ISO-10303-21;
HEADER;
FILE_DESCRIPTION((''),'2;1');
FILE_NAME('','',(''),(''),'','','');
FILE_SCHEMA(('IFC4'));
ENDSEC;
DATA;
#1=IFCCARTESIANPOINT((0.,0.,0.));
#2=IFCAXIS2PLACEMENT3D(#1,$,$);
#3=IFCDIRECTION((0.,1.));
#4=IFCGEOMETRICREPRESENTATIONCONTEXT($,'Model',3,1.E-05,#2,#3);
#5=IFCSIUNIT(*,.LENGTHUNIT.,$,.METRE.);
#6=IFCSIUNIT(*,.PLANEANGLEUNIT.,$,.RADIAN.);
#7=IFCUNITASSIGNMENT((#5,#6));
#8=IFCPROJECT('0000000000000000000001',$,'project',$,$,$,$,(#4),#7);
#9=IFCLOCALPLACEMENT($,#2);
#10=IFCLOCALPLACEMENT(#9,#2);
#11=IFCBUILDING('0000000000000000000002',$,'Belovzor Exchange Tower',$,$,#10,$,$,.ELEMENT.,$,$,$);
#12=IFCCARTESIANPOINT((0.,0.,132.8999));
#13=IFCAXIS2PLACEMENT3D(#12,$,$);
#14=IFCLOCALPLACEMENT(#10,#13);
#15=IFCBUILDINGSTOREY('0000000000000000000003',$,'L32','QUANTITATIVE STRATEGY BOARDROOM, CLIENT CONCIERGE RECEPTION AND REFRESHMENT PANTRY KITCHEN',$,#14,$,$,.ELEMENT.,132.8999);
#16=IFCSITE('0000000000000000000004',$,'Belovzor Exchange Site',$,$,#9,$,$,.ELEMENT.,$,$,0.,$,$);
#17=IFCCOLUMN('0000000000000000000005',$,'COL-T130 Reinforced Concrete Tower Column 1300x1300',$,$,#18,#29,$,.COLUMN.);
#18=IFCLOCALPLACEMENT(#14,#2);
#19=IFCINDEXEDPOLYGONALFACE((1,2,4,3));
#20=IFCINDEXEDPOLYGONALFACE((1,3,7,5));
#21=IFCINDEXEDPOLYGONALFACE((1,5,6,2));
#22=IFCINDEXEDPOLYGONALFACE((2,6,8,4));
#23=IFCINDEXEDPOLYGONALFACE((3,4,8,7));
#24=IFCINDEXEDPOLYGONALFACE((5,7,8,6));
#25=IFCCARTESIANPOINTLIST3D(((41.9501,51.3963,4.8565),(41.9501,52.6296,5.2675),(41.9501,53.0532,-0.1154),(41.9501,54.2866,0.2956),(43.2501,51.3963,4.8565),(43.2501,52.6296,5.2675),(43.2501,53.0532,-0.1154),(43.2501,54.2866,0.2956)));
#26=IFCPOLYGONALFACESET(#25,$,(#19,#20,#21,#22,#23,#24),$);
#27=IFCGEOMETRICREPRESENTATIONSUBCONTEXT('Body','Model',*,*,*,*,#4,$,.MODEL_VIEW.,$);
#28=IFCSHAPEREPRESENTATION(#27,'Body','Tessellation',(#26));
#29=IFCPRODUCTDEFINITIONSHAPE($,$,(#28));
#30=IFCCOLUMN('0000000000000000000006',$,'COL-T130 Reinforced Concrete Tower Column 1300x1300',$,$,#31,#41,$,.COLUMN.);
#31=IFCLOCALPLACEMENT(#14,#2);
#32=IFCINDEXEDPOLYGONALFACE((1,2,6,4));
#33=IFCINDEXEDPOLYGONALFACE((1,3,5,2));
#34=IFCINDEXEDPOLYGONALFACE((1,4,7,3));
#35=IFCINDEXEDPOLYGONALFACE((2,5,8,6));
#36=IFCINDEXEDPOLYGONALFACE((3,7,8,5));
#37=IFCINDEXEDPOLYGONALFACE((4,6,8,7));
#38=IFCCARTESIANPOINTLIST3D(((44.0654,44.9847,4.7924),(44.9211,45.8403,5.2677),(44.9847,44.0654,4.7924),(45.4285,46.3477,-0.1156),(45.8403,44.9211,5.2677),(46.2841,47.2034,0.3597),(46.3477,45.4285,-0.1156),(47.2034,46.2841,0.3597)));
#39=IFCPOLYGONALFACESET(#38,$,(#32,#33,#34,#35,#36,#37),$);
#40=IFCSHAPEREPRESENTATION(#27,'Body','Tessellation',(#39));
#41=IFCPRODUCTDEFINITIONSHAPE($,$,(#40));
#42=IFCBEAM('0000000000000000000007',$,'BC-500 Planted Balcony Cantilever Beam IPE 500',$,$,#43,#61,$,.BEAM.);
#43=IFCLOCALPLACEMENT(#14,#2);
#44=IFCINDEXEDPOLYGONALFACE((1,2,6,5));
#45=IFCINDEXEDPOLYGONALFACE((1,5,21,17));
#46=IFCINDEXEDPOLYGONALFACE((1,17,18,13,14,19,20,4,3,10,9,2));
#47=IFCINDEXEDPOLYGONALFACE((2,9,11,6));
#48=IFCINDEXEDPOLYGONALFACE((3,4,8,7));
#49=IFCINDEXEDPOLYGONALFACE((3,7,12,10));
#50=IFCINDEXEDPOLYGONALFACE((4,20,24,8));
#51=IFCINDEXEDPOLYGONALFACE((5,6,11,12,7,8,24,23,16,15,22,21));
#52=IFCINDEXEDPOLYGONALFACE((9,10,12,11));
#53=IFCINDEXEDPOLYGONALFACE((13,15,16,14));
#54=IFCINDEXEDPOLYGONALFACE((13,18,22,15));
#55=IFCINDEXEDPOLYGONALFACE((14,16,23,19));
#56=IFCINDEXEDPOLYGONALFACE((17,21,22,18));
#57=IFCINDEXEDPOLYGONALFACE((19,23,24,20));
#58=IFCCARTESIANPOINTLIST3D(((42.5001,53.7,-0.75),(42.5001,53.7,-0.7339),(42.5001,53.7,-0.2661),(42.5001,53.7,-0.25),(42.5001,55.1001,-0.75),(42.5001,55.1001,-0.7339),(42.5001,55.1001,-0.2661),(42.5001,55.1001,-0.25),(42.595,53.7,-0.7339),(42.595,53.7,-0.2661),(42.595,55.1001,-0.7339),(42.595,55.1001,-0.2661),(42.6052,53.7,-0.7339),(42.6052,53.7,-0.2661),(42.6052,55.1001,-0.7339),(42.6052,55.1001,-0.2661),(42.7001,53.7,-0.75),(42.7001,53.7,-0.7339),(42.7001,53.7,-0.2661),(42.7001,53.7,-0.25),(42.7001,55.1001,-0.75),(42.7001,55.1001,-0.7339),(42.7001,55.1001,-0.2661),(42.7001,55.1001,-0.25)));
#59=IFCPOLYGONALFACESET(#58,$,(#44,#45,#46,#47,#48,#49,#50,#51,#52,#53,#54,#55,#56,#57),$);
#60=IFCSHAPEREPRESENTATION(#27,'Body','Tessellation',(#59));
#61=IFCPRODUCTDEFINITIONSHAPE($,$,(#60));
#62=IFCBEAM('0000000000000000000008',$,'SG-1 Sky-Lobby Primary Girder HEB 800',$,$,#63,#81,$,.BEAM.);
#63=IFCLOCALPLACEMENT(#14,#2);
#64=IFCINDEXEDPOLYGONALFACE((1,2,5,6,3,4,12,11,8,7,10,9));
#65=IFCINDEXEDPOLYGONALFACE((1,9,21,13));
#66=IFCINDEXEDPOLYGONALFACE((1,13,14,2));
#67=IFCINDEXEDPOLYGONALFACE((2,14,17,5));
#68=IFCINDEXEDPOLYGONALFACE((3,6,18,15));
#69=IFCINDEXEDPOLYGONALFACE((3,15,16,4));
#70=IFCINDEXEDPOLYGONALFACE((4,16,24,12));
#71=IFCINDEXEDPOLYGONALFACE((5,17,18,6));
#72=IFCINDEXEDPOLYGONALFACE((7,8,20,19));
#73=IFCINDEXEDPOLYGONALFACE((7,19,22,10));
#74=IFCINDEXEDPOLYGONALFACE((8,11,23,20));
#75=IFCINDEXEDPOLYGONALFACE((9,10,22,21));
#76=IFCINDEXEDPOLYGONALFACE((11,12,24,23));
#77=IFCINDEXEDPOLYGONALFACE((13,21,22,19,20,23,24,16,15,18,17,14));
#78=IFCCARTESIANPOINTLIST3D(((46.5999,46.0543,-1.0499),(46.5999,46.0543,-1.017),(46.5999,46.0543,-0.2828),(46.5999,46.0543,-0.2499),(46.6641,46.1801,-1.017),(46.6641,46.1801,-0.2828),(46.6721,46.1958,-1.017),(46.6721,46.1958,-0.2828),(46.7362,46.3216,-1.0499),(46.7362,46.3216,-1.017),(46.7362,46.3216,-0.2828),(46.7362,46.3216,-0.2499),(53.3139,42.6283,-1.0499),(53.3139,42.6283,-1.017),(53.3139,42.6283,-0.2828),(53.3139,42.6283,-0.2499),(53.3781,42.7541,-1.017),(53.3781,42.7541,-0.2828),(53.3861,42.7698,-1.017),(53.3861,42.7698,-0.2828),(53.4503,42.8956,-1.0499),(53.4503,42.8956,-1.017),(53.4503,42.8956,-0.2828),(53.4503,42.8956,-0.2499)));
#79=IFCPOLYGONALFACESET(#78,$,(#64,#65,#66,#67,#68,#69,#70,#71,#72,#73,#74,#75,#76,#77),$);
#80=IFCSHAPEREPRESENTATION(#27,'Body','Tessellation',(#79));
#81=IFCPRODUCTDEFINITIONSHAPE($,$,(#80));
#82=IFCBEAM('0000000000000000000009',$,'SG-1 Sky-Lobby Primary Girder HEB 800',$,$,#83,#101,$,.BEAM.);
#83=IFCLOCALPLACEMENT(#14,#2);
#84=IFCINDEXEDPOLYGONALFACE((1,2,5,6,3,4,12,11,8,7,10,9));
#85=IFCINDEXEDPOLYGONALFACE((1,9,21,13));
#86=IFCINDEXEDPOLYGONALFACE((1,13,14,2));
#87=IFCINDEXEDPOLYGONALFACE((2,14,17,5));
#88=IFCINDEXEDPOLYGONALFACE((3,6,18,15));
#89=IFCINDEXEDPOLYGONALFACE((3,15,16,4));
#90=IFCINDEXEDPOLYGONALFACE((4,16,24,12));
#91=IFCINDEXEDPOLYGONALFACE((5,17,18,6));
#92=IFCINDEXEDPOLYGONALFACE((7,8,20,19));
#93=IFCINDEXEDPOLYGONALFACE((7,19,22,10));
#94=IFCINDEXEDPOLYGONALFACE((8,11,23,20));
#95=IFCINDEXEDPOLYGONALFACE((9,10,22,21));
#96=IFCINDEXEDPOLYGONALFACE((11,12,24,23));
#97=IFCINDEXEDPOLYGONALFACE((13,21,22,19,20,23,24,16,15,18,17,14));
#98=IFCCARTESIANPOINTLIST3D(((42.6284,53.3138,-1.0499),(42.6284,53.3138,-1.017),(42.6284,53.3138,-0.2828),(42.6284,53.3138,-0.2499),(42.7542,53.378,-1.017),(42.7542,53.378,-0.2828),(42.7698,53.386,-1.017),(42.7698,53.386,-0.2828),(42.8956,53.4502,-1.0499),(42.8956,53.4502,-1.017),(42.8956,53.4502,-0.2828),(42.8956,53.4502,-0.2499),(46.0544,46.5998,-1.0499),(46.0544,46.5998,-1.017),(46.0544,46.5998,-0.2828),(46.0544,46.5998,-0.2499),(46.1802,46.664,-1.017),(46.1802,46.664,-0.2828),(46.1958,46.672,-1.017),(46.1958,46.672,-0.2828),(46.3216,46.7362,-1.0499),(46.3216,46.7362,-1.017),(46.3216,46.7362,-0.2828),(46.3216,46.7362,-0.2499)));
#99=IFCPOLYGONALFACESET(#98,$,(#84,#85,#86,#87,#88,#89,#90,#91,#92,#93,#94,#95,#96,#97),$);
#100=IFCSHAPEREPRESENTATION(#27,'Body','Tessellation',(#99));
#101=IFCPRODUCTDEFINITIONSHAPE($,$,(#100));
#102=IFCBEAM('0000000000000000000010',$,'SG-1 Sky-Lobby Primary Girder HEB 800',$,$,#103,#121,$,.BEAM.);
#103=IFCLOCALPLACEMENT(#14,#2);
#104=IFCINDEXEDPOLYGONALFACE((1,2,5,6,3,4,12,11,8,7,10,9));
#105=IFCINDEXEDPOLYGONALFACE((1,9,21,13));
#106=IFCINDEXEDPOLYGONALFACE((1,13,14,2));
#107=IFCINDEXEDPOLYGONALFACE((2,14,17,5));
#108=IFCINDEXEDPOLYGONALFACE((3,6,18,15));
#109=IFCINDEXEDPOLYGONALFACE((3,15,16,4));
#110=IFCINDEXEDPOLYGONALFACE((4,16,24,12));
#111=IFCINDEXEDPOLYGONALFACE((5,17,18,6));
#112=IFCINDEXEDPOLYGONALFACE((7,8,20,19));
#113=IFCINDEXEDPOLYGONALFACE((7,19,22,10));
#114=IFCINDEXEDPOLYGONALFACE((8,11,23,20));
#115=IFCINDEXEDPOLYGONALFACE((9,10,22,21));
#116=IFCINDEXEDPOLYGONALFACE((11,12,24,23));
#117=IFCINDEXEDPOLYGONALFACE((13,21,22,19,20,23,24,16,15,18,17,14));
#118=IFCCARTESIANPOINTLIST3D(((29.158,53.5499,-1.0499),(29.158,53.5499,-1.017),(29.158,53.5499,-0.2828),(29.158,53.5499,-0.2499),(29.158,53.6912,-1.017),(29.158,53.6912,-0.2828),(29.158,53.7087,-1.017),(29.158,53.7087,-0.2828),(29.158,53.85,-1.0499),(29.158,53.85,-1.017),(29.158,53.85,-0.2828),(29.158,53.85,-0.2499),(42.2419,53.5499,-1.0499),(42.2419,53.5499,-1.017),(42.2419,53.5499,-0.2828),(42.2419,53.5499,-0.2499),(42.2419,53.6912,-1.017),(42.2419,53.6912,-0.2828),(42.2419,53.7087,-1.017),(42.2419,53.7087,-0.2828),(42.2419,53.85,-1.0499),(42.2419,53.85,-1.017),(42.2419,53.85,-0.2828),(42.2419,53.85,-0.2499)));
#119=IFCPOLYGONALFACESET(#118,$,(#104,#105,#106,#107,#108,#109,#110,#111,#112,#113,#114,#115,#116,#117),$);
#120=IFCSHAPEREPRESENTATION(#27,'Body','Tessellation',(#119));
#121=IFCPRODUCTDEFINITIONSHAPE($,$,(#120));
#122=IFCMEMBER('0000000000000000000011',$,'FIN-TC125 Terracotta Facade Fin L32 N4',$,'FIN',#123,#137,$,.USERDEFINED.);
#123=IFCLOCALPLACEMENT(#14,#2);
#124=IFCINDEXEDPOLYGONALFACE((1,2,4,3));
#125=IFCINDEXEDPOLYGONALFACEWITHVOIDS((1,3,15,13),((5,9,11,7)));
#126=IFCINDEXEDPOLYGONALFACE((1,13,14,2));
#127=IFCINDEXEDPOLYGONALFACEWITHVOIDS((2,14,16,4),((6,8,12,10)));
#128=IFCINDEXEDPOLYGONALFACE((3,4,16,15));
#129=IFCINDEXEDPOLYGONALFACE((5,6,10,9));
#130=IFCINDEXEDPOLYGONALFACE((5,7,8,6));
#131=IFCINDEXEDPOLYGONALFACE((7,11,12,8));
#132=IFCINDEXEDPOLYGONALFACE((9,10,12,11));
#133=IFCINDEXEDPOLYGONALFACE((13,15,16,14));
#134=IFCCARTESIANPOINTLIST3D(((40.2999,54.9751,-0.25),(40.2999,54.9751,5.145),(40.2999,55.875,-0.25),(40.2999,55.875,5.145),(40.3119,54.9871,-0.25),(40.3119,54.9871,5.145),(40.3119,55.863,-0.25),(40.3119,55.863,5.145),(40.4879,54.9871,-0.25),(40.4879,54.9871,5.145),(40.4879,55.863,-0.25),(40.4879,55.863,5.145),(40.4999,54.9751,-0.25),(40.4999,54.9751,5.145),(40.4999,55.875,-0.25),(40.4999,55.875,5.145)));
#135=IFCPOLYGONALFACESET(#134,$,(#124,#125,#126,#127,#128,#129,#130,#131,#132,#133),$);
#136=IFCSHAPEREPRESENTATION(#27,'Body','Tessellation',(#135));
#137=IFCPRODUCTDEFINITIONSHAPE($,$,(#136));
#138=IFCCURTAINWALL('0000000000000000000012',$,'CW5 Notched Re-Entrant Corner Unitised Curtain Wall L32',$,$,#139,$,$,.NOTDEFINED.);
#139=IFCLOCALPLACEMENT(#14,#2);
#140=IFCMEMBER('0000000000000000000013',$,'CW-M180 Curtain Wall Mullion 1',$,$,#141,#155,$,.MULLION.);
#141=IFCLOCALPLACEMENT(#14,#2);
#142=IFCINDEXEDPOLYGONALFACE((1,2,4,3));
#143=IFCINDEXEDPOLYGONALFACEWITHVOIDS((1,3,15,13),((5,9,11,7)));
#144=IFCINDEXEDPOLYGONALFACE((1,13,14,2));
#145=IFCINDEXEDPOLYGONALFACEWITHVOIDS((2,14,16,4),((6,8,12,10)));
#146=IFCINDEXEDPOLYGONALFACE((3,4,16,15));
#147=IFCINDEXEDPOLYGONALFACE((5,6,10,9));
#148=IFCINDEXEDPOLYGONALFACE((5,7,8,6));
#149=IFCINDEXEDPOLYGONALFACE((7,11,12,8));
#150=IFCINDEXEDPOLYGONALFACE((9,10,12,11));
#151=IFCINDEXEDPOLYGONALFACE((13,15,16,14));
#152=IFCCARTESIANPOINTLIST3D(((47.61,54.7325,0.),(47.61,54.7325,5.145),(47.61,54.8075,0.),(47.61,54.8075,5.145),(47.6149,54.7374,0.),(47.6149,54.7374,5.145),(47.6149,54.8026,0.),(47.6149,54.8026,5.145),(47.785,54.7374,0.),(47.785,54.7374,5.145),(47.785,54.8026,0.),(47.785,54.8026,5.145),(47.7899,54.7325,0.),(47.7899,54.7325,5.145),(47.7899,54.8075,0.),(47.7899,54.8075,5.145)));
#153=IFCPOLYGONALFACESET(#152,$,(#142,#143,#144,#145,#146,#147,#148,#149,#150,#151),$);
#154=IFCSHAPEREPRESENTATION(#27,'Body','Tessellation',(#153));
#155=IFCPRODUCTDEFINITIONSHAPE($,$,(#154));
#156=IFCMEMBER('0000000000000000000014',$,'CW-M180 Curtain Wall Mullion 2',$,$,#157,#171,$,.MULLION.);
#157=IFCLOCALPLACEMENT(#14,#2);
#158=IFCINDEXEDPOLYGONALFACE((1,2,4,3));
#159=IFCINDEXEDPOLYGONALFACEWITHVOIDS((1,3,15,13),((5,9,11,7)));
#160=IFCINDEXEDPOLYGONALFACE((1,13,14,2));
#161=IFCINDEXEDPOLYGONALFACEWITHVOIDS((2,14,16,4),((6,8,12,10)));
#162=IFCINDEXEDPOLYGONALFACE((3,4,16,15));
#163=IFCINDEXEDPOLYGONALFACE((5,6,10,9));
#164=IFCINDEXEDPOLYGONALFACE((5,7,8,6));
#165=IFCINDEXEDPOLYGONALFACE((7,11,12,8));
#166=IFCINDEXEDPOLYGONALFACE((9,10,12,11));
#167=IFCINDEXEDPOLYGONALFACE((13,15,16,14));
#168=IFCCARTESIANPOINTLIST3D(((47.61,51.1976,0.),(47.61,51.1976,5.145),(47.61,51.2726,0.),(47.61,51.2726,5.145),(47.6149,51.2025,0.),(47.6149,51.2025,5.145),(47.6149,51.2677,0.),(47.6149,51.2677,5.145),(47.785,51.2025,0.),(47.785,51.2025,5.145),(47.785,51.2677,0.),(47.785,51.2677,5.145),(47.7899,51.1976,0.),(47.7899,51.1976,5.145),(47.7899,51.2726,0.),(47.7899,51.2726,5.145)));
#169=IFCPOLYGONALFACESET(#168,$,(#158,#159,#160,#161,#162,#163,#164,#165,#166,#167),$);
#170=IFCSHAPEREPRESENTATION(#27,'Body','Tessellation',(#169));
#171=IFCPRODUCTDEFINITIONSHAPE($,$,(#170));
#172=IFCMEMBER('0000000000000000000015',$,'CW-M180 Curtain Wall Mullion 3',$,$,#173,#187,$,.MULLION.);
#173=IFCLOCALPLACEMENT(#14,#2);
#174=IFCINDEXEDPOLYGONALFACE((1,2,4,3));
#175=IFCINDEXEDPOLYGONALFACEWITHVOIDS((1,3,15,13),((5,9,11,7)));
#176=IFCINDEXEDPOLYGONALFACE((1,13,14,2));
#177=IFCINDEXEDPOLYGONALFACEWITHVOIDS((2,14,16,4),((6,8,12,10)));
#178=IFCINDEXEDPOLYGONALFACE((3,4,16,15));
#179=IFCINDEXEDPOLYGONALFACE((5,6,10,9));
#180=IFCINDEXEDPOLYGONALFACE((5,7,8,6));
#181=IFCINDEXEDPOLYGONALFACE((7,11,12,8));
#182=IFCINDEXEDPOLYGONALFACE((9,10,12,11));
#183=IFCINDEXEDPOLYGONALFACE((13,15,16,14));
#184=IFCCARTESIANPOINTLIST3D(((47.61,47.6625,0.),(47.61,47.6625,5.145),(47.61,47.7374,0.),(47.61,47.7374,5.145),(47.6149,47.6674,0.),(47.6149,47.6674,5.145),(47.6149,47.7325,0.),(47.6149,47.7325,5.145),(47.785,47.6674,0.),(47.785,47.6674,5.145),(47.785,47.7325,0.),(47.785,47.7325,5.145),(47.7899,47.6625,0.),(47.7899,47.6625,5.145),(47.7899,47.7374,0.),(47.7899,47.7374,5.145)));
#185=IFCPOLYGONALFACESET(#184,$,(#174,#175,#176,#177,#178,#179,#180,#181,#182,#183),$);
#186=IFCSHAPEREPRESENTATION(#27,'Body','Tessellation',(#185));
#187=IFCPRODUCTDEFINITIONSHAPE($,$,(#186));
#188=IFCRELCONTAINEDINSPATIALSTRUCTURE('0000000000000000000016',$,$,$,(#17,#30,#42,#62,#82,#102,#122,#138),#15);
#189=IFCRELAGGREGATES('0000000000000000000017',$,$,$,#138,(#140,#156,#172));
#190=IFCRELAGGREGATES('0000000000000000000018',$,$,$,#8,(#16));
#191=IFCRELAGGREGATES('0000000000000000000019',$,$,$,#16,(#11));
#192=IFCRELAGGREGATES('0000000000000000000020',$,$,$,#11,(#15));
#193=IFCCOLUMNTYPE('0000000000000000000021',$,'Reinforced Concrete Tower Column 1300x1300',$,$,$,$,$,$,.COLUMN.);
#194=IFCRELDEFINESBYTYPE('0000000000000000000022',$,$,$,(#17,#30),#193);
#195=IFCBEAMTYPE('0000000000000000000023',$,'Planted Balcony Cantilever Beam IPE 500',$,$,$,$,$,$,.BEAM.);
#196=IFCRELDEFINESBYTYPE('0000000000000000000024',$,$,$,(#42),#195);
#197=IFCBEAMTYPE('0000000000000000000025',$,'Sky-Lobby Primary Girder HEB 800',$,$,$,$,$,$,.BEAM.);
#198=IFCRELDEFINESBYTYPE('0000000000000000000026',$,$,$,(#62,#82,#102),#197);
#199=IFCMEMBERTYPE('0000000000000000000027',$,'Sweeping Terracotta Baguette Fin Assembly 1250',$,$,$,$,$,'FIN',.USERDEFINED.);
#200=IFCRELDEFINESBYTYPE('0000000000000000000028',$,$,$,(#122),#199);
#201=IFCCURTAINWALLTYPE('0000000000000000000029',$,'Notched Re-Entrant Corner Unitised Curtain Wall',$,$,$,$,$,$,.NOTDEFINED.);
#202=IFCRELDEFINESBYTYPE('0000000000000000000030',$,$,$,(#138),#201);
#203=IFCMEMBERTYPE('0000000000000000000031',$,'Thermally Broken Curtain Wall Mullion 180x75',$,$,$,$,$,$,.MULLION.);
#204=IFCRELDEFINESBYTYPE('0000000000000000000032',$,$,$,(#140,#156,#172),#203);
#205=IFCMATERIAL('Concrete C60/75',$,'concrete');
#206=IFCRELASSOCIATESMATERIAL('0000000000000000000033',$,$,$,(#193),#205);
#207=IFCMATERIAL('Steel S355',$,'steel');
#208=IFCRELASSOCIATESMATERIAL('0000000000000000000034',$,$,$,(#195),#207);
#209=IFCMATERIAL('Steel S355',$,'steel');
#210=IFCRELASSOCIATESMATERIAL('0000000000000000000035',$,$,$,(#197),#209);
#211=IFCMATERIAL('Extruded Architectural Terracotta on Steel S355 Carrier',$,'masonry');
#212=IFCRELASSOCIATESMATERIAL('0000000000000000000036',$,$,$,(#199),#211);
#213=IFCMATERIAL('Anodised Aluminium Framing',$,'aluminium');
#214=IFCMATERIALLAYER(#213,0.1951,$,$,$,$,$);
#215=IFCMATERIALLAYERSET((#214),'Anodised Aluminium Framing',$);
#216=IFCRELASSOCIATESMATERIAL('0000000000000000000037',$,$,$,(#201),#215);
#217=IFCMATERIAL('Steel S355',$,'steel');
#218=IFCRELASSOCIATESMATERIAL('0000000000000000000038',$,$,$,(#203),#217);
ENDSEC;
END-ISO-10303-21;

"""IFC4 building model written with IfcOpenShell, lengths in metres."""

from ifc_helpers import new_model, si_unit, direction, frame, origin, origin_2d, place, context, subcontext, project, spatial, rectangle, hollow_rectangle, i_section, extrude, material, layer, layer_set, material_profile, profile_set, type_object, element, aggregate, save


model = new_model("IFC4")

# Units and contexts
model_context = context("Model", 3, precision=1e-05, world=origin(), true_north=direction((0.0, 1.0)))
body_context = subcontext(model_context, "Body", "Model", "MODEL_VIEW")
ifc_project = project(units=[si_unit("LENGTHUNIT", "METRE"), si_unit("PLANEANGLEUNIT", "RADIAN")], contexts=[model_context])

# Site, building, storey
site_placement = place(None, origin())
site = spatial("IfcSite", under=ifc_project, at=site_placement, Name="Belovzor Exchange Site", CompositionType="ELEMENT", RefElevation=0.0)
building_placement = place(site_placement, origin())
building = spatial("IfcBuilding", under=site, at=building_placement, Name="Belovzor Exchange Tower", CompositionType="ELEMENT")
storey_placement = place(building_placement, frame((0.0, 0.0, 132.8999)))
storey = spatial("IfcBuildingStorey", under=building, at=storey_placement, Name="L32", Description="QUANTITATIVE STRATEGY BOARDROOM, CLIENT CONCIERGE RECEPTION AND REFRESHMENT PANTRY KITCHEN", CompositionType="ELEMENT", Elevation=132.8999)

# Columns
ifc_material_1 = material(Name="Concrete C60/75", Category="concrete")
ifc_material_profile_1 = material_profile(ifc_material_1, rectangle(XDim=1.3, YDim=1.3, at=origin_2d()))
ifc_profile_set_1 = profile_set([ifc_material_profile_1], Name="Concrete C60/75")
column_type = type_object("IfcColumnType", Name="Reinforced Concrete Tower Column 1300x1300", PredefinedType="COLUMN", material=ifc_profile_set_1)
column_1_placement = place(storey_placement, frame((42.6001, 53.6699, 0.0901), z_axis=(0.0, -0.316172, 0.948702), x_axis=(1.0, 0.0, 0.0)))
element("IfcColumn", 1, at=column_1_placement, inside=storey, type_object=column_type, Name="COL-T130 Reinforced Concrete Tower Column 1300x1300", PredefinedType="COLUMN", context=body_context, shape_type="SweptSolid", body=[
    extrude(rectangle(XDim=1.3, YDim=1.3, at=origin_2d()), origin(), (0.0, 0.0, 1.0), 5.2407),
])
column_2_placement = place(storey_placement, frame((46.3159, 46.3159, 0.1221), z_axis=(-0.258497, -0.258497, 0.930784), x_axis=(0.707107, -0.707107, 0.0)))
element("IfcColumn", 2, at=column_2_placement, inside=storey, type_object=column_type, Name="COL-T130 Reinforced Concrete Tower Column 1300x1300", PredefinedType="COLUMN", context=body_context, shape_type="SweptSolid", body=[
    extrude(rectangle(XDim=1.3, YDim=1.3, at=origin_2d()), origin(), (0.0, 0.0, 1.0), 5.2729),
])

# Beams
ifc_material_2 = material(Name="Steel S355", Category="steel")
ifc_material_profile_2 = material_profile(ifc_material_2, i_section(OverallWidth=0.2, OverallDepth=0.5, WebThickness=0.0103, FlangeThickness=0.0161, at=origin_2d()))
ifc_profile_set_2 = profile_set([ifc_material_profile_2], Name="Steel S355")
beam_type_1 = type_object("IfcBeamType", Name="Planted Balcony Cantilever Beam IPE 500", PredefinedType="BEAM", material=ifc_profile_set_2)
beam_1_placement = place(storey_placement, frame((42.6001, 53.7, -0.5), z_axis=(0.0, 1.0, 0.0), x_axis=(-1.0, 0.0, 0.0)))
element("IfcBeam", 3, at=beam_1_placement, inside=storey, type_object=beam_type_1, Name="BC-500 Planted Balcony Cantilever Beam IPE 500", PredefinedType="BEAM", context=body_context, shape_type="SweptSolid", body=[
    extrude(i_section(OverallWidth=0.2, OverallDepth=0.5, WebThickness=0.0103, FlangeThickness=0.0161, at=origin_2d()), origin(), (0.0, 0.0, 1.0), 1.4001),
])
ifc_material_3 = material(Name="Steel S355", Category="steel")
ifc_material_profile_3 = material_profile(ifc_material_3, i_section(OverallWidth=0.3, OverallDepth=0.8, WebThickness=0.0176, FlangeThickness=0.033, at=origin_2d()))
ifc_profile_set_3 = profile_set([ifc_material_profile_3], Name="Steel S355")
beam_type_2 = type_object("IfcBeamType", Name="Sky-Lobby Primary Girder HEB 800", PredefinedType="BEAM", material=ifc_profile_set_3)
for number, where, z_axis, x_axis, name in (
    (4, (53.3821, 42.762, -0.6499), (-0.890737, 0.454519, 0.0), (-0.454519, -0.890737, 0.0), "SG-1 Sky-Lobby Primary Girder HEB 800"),
    (5, (46.188, 46.668, -0.6499), (-0.454519, 0.890737, 0.0), (-0.890737, -0.454519, 0.0), "SG-1 Sky-Lobby Primary Girder HEB 800"),
):
    element("IfcBeam", number, at=place(storey_placement, frame(where, z_axis=z_axis, x_axis=x_axis)), inside=storey, type_object=beam_type_2, Name=name, PredefinedType="BEAM", context=body_context, shape_type="SweptSolid", body=[
        extrude(i_section(OverallWidth=0.3, OverallDepth=0.8, WebThickness=0.0176, FlangeThickness=0.033, at=origin_2d()), origin(), (0.0, 0.0, 1.0), 7.5376),
    ])
beam_2_placement = place(storey_placement, frame((42.2419, 53.7, -0.6499), z_axis=(-1.0, 0.0, 0.0), x_axis=(0.0, -1.0, 0.0)))
element("IfcBeam", 6, at=beam_2_placement, inside=storey, type_object=beam_type_2, Name="SG-1 Sky-Lobby Primary Girder HEB 800", PredefinedType="BEAM", context=body_context, shape_type="SweptSolid", body=[
    extrude(i_section(OverallWidth=0.3, OverallDepth=0.8, WebThickness=0.0176, FlangeThickness=0.033, at=origin_2d()), origin(), (0.0, 0.0, 1.0), 13.084),
])

# Member
ifc_material_4 = material(Name="Extruded Architectural Terracotta on Steel S355 Carrier", Category="masonry")
ifc_material_profile_4 = material_profile(ifc_material_4, hollow_rectangle(XDim=0.2, YDim=0.8999, WallThickness=0.012, at=origin_2d()))
ifc_profile_set_4 = profile_set([ifc_material_profile_4], Name="Extruded Architectural Terracotta on Steel S355 Carrier")
member_type_1 = type_object("IfcMemberType", Name="Sweeping Terracotta Baguette Fin Assembly 1250", ElementType="FIN", PredefinedType="USERDEFINED", material=ifc_profile_set_4)
member_1_placement = place(storey_placement, frame((40.3999, 55.425, -0.25), z_axis=(0.0, 0.0, 1.0), x_axis=(1.0, 0.0, 0.0)))
element("IfcMember", 7, at=member_1_placement, inside=storey, type_object=member_type_1, Name="FIN-TC125 Terracotta Facade Fin L32 N4", ObjectType="FIN", PredefinedType="USERDEFINED", context=body_context, shape_type="SweptSolid", body=[
    extrude(hollow_rectangle(XDim=0.2, YDim=0.8999, WallThickness=0.012, at=origin_2d()), origin(), (0.0, 0.0, 1.0), 5.395),
])

# Curtain wall, members
ifc_material_5 = material(Name="Anodised Aluminium Framing", Category="aluminium")
ifc_layer_1 = layer(ifc_material_5, 0.1951)
ifc_layer_set_1 = layer_set([ifc_layer_1], Name="Anodised Aluminium Framing")
curtain_wall_type = type_object("IfcCurtainWallType", Name="Notched Re-Entrant Corner Unitised Curtain Wall", PredefinedType="NOTDEFINED", material=ifc_layer_set_1)
curtain_wall_placement = place(storey_placement, origin())
curtain_wall = element("IfcCurtainWall", 8, at=curtain_wall_placement, inside=storey, type_object=curtain_wall_type, Name="CW5 Notched Re-Entrant Corner Unitised Curtain Wall L32", PredefinedType="NOTDEFINED")
ifc_material_6 = material(Name="Steel S355", Category="steel")
ifc_material_profile_5 = material_profile(ifc_material_6, hollow_rectangle(XDim=0.075, YDim=0.1799, WallThickness=0.0049, at=origin_2d()))
ifc_profile_set_5 = profile_set([ifc_material_profile_5], Name="Steel S355")
member_type_2 = type_object("IfcMemberType", Name="Thermally Broken Curtain Wall Mullion 180x75", PredefinedType="MULLION", material=ifc_profile_set_5)
member_2_placement = place(storey_placement, frame((47.7, 54.77, 0.0), z_axis=(0.0, 0.0, 1.0), x_axis=(0.0, -1.0, 0.0)))
member_2 = element("IfcMember", 9, at=member_2_placement, type_object=member_type_2, Name="CW-M180 Curtain Wall Mullion 1", PredefinedType="MULLION", context=body_context, shape_type="SweptSolid", body=[
    extrude(hollow_rectangle(XDim=0.075, YDim=0.1799, WallThickness=0.0049, at=origin_2d()), origin(), (0.0, 0.0, 1.0), 5.145),
])
member_3_placement = place(storey_placement, frame((47.7, 51.2351, 0.0), z_axis=(0.0, 0.0, 1.0), x_axis=(0.0, -1.0, 0.0)))
member_3 = element("IfcMember", 10, at=member_3_placement, type_object=member_type_2, Name="CW-M180 Curtain Wall Mullion 2", PredefinedType="MULLION", context=body_context, shape_type="SweptSolid", body=[
    extrude(hollow_rectangle(XDim=0.075, YDim=0.1799, WallThickness=0.0049, at=origin_2d()), origin(), (0.0, 0.0, 1.0), 5.145),
])
member_4_placement = place(storey_placement, frame((47.7, 47.7, 0.0), z_axis=(0.0, 0.0, 1.0), x_axis=(0.0, -1.0, 0.0)))
member_4 = element("IfcMember", 11, at=member_4_placement, type_object=member_type_2, Name="CW-M180 Curtain Wall Mullion 3", PredefinedType="MULLION", context=body_context, shape_type="SweptSolid", body=[
    extrude(hollow_rectangle(XDim=0.075, YDim=0.1799, WallThickness=0.0049, at=origin_2d()), origin(), (0.0, 0.0, 1.0), 5.145),
])

aggregate(curtain_wall, [member_2, member_3, member_4])

save(model, "model.ifc")
